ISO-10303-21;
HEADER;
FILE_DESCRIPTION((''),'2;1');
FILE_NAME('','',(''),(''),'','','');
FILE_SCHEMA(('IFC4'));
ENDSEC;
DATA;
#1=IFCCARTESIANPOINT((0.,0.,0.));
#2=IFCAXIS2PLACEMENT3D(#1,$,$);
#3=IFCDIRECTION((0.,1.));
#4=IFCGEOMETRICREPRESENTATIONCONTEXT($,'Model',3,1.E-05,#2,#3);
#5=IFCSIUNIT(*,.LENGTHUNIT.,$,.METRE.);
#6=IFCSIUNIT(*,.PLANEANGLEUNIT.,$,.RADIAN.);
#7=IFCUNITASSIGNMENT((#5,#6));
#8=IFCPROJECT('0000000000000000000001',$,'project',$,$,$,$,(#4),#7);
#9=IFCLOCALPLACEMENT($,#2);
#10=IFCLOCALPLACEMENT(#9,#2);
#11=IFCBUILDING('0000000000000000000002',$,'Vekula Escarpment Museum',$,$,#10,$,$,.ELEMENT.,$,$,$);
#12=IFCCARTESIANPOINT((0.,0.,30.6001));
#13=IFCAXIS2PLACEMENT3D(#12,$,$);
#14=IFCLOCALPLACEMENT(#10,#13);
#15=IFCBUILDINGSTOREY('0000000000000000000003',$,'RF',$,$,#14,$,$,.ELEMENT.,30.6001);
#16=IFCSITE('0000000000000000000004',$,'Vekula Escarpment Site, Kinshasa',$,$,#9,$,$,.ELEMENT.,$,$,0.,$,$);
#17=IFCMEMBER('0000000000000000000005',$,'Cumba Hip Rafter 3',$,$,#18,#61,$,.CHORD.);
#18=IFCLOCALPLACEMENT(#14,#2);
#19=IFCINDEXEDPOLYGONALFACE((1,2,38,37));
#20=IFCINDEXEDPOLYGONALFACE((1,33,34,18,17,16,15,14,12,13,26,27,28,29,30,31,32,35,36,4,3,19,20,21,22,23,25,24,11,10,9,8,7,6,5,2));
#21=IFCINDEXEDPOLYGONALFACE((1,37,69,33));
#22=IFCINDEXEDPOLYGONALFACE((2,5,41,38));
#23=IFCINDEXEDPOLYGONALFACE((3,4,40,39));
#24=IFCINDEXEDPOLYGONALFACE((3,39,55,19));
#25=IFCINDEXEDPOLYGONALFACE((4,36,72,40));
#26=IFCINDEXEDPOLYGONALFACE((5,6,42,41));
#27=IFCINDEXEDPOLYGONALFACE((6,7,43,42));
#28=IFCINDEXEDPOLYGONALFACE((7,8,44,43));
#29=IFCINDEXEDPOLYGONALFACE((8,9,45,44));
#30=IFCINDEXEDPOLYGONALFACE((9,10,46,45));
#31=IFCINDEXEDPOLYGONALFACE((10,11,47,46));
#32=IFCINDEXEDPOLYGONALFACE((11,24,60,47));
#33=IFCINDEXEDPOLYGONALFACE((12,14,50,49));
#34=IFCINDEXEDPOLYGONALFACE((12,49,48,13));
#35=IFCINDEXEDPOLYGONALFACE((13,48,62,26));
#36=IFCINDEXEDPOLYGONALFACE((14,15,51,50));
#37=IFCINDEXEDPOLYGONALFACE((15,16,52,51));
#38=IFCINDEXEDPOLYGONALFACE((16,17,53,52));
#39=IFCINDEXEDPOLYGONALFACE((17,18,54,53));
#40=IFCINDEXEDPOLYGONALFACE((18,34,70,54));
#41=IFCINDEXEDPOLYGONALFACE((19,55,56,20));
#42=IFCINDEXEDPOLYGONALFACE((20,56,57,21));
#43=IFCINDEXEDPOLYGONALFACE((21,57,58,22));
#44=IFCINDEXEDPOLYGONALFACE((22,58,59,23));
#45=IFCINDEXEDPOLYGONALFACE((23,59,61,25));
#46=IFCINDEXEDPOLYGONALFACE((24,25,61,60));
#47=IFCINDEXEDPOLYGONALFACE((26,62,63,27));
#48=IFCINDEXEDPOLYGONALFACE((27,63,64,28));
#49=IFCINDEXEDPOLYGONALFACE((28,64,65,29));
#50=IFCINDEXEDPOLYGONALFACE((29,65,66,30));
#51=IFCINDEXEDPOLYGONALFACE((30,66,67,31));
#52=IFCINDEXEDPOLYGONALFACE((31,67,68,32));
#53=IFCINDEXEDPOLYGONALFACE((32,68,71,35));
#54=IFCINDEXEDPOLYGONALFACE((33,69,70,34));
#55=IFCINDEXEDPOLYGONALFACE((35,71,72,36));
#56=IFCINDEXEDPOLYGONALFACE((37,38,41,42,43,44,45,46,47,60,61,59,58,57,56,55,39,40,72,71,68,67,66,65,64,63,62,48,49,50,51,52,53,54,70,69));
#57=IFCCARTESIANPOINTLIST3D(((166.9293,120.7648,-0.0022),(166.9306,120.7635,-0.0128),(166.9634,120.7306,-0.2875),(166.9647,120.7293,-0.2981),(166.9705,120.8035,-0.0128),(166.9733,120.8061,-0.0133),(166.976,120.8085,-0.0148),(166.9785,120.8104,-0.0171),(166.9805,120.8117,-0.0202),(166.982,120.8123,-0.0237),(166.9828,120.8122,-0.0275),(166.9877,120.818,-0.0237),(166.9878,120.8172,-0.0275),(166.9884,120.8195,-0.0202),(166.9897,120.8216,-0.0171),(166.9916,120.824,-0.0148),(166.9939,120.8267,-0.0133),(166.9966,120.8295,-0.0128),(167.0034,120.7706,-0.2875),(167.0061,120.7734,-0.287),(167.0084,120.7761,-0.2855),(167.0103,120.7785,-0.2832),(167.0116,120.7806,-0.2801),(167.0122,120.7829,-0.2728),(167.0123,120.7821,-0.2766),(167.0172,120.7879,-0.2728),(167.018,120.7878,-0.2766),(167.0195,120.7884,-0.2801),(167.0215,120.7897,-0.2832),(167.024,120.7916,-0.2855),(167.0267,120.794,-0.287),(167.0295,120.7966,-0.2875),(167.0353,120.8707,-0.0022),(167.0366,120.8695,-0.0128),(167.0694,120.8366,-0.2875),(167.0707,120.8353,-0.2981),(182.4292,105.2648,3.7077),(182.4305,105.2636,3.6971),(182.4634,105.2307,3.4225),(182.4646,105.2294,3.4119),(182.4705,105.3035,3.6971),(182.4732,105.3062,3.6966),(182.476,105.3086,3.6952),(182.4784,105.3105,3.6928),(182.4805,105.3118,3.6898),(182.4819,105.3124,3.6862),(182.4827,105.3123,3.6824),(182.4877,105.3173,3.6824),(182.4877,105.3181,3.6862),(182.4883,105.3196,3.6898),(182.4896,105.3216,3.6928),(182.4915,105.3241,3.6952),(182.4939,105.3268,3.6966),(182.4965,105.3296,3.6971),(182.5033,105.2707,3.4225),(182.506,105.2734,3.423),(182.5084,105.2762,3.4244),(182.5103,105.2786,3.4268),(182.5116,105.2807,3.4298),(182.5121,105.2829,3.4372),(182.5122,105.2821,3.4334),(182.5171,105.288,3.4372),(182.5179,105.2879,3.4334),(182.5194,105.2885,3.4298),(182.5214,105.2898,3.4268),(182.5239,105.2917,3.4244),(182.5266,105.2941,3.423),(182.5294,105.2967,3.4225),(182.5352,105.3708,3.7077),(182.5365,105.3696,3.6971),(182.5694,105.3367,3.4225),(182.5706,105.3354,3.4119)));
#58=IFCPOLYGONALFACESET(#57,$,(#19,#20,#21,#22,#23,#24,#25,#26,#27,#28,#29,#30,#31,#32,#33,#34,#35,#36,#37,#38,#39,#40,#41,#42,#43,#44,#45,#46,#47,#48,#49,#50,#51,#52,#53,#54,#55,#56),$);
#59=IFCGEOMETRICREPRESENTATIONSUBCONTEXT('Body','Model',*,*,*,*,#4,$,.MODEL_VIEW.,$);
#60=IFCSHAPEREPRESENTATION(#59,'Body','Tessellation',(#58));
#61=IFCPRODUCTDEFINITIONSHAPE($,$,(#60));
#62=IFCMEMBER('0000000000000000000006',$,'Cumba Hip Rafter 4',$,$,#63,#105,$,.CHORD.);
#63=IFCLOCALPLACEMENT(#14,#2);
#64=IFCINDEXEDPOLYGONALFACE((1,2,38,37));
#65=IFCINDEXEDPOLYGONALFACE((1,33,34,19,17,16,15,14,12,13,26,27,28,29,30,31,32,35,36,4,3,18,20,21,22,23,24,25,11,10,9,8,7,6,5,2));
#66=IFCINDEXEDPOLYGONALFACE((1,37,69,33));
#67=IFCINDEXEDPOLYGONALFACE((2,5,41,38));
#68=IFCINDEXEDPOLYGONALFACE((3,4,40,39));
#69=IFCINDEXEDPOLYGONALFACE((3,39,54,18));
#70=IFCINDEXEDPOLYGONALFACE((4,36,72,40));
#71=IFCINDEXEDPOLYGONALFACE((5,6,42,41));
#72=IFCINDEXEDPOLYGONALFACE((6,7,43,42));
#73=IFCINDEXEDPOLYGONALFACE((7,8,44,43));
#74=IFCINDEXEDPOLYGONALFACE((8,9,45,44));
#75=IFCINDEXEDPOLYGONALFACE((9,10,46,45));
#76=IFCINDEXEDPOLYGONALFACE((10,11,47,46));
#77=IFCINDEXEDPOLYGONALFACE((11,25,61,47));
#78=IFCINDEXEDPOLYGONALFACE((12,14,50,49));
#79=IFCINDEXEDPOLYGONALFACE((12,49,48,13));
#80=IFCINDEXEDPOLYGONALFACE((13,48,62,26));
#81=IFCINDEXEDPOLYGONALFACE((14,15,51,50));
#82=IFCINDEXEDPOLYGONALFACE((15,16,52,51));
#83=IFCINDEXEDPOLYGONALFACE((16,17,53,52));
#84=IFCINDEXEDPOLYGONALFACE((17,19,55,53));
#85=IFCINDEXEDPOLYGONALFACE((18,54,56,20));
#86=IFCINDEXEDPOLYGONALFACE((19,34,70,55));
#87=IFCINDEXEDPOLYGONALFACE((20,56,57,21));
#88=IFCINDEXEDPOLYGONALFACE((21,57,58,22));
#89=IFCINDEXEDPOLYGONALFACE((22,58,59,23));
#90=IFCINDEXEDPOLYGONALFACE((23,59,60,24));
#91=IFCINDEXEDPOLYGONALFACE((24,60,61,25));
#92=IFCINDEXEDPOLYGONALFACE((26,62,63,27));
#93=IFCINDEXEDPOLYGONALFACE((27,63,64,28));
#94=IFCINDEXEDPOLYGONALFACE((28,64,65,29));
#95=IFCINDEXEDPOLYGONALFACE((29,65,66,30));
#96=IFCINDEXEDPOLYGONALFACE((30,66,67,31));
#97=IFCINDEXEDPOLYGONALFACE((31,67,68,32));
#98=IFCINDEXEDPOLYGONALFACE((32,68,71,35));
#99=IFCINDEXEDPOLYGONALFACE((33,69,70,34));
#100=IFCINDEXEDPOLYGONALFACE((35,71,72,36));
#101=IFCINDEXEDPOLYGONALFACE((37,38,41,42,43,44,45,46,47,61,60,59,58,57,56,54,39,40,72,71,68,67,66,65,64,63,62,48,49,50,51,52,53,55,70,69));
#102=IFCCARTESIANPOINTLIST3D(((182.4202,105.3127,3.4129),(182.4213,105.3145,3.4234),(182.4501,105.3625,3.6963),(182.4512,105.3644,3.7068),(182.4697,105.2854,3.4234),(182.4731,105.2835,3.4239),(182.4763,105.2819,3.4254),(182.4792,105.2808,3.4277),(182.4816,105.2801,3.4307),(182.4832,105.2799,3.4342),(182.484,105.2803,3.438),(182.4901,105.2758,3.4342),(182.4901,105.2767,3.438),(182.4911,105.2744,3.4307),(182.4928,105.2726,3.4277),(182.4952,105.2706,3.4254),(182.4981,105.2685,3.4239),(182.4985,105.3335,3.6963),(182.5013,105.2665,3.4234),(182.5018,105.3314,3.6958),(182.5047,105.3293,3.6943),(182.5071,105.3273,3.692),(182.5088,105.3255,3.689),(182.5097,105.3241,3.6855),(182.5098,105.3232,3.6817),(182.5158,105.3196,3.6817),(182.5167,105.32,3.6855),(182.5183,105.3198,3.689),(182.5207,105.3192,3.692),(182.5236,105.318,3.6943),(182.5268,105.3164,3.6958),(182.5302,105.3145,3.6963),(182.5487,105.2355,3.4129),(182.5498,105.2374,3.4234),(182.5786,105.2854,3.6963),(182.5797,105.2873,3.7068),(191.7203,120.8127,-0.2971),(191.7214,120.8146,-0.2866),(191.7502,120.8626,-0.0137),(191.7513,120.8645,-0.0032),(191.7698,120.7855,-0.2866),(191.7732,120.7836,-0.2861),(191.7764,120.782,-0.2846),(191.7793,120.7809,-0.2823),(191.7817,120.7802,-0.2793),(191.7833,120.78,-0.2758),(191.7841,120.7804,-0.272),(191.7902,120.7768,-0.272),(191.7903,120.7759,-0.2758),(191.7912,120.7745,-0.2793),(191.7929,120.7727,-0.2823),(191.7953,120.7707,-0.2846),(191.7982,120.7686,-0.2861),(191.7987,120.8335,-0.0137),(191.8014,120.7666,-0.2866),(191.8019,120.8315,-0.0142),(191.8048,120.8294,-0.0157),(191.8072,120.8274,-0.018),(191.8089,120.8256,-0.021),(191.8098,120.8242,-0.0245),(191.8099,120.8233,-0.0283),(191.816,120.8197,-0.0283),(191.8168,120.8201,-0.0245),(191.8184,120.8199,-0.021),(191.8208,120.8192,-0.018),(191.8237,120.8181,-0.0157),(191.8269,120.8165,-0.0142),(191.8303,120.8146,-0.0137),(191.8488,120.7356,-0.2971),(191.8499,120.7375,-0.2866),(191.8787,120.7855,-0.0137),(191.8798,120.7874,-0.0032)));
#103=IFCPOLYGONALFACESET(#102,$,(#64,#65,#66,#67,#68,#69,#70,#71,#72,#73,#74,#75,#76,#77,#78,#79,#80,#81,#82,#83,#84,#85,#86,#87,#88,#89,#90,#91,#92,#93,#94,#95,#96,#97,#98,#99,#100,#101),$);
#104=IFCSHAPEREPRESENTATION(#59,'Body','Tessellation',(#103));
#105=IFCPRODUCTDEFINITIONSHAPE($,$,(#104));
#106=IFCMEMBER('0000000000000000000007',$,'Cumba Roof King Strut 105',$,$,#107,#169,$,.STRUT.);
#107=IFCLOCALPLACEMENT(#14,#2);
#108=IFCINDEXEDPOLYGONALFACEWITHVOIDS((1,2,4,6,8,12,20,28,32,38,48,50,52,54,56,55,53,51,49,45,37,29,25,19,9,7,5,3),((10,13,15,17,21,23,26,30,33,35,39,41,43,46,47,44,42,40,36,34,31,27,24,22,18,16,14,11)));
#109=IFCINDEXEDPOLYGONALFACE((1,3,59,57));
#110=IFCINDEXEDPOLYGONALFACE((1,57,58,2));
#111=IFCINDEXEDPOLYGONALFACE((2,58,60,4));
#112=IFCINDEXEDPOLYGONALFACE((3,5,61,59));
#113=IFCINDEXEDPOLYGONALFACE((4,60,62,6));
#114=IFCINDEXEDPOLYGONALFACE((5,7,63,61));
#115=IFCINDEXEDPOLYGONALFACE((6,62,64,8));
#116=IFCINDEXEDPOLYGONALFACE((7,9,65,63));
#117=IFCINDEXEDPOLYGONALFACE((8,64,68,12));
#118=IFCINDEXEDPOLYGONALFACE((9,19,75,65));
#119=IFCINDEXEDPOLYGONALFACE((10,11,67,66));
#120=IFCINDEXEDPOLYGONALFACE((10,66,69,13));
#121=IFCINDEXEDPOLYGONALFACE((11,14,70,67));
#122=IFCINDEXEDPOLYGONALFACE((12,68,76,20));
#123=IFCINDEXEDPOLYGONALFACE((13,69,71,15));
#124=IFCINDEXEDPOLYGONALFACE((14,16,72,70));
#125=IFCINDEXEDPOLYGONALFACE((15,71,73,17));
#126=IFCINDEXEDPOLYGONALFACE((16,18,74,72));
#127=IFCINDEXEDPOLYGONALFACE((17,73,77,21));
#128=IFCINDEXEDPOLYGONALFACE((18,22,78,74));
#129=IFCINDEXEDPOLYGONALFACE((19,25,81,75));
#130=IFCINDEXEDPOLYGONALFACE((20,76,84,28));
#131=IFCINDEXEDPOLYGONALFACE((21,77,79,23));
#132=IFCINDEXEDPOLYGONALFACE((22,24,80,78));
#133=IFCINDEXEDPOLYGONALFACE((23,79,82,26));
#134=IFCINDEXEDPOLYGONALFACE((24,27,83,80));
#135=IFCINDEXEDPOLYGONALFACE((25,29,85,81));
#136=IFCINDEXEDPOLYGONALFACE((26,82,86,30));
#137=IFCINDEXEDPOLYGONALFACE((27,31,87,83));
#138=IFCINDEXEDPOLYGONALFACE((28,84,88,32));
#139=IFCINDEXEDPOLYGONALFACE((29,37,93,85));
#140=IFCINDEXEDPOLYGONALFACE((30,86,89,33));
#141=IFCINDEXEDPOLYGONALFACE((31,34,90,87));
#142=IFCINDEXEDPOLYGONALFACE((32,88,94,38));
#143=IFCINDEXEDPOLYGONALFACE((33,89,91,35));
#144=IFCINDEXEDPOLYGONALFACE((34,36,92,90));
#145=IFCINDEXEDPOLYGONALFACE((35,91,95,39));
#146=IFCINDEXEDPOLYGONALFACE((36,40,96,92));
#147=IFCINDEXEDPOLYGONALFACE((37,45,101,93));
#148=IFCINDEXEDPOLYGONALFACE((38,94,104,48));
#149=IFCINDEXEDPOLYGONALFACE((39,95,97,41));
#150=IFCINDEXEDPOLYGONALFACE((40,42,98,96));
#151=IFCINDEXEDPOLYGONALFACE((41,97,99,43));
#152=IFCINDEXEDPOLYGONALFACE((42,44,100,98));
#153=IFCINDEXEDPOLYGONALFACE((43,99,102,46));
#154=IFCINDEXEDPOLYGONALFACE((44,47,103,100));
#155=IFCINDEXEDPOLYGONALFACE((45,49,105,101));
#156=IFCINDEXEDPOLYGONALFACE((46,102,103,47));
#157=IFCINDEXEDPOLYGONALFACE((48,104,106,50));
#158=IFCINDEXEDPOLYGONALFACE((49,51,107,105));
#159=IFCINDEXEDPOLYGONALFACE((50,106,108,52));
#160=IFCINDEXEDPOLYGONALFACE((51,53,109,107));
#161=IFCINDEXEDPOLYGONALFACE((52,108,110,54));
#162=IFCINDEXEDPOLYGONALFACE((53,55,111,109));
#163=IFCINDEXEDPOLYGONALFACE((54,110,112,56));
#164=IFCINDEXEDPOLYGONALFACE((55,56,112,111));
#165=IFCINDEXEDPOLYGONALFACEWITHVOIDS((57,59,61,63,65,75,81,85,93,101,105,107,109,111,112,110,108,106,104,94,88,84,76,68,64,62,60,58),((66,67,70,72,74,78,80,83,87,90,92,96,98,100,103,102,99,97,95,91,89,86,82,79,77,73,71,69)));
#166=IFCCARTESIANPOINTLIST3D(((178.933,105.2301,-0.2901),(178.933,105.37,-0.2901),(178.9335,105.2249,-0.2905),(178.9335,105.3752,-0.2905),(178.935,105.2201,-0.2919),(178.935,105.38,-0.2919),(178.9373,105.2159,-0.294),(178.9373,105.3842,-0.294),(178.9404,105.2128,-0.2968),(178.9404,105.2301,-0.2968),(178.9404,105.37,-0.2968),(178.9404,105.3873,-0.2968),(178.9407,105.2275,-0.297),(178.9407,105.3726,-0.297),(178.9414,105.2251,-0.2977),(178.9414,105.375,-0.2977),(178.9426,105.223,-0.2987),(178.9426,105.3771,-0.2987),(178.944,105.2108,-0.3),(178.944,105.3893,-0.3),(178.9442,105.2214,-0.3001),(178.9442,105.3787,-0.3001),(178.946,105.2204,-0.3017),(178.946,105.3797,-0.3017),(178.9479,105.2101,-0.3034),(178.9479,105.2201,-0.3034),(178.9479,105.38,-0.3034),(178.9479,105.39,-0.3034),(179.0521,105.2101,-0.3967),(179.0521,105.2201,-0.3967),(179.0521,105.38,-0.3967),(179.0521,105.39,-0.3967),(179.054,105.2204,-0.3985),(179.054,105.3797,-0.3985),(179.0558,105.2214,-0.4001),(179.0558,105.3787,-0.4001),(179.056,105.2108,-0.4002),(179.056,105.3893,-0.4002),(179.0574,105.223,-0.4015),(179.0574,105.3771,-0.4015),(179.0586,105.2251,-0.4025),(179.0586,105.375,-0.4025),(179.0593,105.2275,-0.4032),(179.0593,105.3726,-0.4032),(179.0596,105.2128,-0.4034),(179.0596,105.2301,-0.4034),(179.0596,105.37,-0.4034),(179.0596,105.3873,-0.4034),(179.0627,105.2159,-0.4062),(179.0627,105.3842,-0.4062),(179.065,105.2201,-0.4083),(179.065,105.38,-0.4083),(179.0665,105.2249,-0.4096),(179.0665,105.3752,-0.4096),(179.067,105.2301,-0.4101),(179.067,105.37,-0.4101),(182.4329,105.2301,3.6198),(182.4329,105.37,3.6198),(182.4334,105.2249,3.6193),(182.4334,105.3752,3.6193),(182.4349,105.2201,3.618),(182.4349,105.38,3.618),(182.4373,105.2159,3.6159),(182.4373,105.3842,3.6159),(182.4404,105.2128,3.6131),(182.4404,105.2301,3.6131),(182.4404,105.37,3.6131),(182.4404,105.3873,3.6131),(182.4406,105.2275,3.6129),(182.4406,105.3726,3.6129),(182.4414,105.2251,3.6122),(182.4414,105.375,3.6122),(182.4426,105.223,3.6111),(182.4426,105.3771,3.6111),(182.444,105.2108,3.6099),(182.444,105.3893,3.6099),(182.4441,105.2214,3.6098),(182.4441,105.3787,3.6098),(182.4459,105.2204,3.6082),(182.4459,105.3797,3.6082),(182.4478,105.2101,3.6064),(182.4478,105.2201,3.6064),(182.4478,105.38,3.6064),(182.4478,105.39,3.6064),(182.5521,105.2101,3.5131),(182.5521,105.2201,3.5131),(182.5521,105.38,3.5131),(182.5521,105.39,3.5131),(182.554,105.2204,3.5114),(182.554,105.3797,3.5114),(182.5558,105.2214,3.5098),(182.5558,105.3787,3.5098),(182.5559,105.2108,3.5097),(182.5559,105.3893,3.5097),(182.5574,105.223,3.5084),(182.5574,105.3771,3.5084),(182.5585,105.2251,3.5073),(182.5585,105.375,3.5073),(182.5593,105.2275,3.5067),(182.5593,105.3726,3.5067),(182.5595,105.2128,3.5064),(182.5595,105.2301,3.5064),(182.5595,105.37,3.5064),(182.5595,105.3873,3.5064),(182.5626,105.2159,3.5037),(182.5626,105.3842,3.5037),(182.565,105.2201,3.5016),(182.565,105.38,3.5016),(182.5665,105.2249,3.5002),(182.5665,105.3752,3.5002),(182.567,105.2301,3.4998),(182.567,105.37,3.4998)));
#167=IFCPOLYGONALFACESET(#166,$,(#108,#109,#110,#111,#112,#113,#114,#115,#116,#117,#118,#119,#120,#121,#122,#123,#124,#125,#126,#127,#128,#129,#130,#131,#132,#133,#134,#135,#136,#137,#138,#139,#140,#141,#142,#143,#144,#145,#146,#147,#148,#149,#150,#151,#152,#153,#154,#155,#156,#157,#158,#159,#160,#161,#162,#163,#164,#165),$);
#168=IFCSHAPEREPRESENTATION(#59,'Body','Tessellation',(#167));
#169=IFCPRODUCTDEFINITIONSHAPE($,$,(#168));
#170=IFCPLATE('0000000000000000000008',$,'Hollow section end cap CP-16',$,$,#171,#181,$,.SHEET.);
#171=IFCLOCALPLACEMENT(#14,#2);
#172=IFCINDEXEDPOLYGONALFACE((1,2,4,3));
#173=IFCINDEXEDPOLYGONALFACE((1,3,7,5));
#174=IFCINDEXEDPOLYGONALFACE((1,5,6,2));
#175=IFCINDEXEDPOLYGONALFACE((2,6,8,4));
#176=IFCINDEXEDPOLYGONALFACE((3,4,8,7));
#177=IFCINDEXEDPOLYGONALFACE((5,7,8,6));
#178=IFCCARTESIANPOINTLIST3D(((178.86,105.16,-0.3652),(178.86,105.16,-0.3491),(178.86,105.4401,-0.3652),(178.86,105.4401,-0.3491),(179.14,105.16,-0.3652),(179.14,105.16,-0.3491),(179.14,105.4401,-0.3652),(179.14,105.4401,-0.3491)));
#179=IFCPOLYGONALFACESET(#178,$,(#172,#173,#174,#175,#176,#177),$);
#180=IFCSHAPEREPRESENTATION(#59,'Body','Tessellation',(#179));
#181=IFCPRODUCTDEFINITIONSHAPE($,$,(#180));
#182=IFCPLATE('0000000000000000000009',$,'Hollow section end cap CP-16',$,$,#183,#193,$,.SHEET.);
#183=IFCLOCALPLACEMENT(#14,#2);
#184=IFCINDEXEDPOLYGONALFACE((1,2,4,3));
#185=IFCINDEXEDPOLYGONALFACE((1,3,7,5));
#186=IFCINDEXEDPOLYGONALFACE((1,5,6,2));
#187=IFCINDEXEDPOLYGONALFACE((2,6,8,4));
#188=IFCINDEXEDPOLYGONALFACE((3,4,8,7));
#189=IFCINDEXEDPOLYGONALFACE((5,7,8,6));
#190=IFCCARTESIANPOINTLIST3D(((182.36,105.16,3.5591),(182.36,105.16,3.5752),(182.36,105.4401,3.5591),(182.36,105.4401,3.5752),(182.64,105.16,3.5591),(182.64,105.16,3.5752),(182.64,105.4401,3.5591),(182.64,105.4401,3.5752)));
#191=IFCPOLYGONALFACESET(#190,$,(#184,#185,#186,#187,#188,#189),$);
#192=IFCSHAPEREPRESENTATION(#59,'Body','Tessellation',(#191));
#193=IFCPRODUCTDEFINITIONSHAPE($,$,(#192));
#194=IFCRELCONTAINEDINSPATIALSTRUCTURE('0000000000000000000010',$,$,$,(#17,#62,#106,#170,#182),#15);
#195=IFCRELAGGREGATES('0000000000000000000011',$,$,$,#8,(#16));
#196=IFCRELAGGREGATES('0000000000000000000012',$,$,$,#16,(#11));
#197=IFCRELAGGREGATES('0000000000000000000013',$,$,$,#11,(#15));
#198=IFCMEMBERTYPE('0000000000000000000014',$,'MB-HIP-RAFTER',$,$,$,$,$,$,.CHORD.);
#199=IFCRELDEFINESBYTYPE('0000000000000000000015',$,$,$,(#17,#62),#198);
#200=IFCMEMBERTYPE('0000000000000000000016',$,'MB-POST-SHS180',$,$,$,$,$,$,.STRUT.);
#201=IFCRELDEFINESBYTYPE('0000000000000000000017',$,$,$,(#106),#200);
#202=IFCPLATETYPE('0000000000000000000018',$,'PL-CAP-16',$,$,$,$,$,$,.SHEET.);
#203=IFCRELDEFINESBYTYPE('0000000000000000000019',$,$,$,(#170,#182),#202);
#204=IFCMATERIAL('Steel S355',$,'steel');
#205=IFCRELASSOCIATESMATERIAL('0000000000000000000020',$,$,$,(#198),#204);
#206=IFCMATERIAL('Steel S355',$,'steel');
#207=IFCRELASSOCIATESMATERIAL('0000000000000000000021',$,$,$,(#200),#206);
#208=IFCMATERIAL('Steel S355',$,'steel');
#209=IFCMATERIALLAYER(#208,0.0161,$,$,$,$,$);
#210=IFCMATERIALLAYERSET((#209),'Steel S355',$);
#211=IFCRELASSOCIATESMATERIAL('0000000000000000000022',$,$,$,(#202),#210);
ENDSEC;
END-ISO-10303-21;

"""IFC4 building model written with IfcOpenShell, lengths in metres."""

from ifc_helpers import new_model, si_unit, direction, frame, origin, origin_2d, place, context, subcontext, project, spatial, rectangle, hollow_rectangle, i_section, extrude, material, layer, layer_set, material_profile, profile_set, type_object, element, save


model = new_model("IFC4")

# Units and contexts
model_context = context("Model", 3, precision=1e-05, world=origin(), true_north=direction((0.0, 1.0)))
body_context = subcontext(model_context, "Body", "Model", "MODEL_VIEW")
ifc_project = project(units=[si_unit("LENGTHUNIT", "METRE"), si_unit("PLANEANGLEUNIT", "RADIAN")], contexts=[model_context])

# Site, building, storey
site_placement = place(None, origin())
site = spatial("IfcSite", under=ifc_project, at=site_placement, Name="Vekula Escarpment Site, Kinshasa", CompositionType="ELEMENT", RefElevation=0.0)
building_placement = place(site_placement, origin())
building = spatial("IfcBuilding", under=site, at=building_placement, Name="Vekula Escarpment Museum", CompositionType="ELEMENT")
storey_placement = place(building_placement, frame((0.0, 0.0, 30.6001)))
storey = spatial("IfcBuildingStorey", under=building, at=storey_placement, Name="RF", CompositionType="ELEMENT", Elevation=30.6001)

# Members
ifc_material_1 = material(Name="Steel S355", Category="steel")
ifc_material_profile_1 = material_profile(ifc_material_1, i_section(OverallWidth=0.1499, OverallDepth=0.3, WebThickness=0.0071, FlangeThickness=0.0107, FilletRadius=0.0149, at=origin_2d()), Name="IPE 300")
ifc_profile_set_1 = profile_set([ifc_material_profile_1], Name="Steel S355")
member_type_1 = type_object("IfcMemberType", Name="MB-HIP-RAFTER", PredefinedType="CHORD", material=ifc_profile_set_1)
member_1_placement = place(storey_placement, frame((167.0, 120.8, -0.1501), z_axis=(0.697192, -0.697192, 0.166874), x_axis=(0.707107, 0.707107, 0.0)))
element("IfcMember", 1, at=member_1_placement, inside=storey, type_object=member_type_1, Name="Cumba Hip Rafter 3", PredefinedType="CHORD", context=body_context, shape_type="SweptSolid", body=[
    extrude(i_section(OverallWidth=0.1499, OverallDepth=0.3, WebThickness=0.0071, FlangeThickness=0.0107, FilletRadius=0.0149, at=origin_2d()), origin(), (0.0, 0.0, 1.0), 22.2319),
])
member_2_placement = place(storey_placement, frame((191.8, 120.8, -0.1501), z_axis=(-0.503992, -0.839982, 0.201052), x_axis=(0.857492, -0.514498, 0.0)))
element("IfcMember", 2, at=member_2_placement, inside=storey, type_object=member_type_1, Name="Cumba Hip Rafter 4", PredefinedType="CHORD", context=body_context, shape_type="SweptSolid", body=[
    extrude(i_section(OverallWidth=0.1499, OverallDepth=0.3, WebThickness=0.0071, FlangeThickness=0.0107, FilletRadius=0.0149, at=origin_2d()), origin(), (0.0, 0.0, 1.0), 18.4529),
])
ifc_material_2 = material(Name="Steel S355", Category="steel")
ifc_material_profile_2 = material_profile(ifc_material_2, hollow_rectangle(XDim=0.1799, YDim=0.1799, WallThickness=0.01, InnerFilletRadius=0.01, OuterFilletRadius=0.02, at=origin_2d()), Name="SHS 180x180x10")
ifc_profile_set_2 = profile_set([ifc_material_profile_2], Name="Steel S355")
member_type_2 = type_object("IfcMemberType", Name="MB-POST-SHS180", PredefinedType="STRUT", material=ifc_profile_set_2)
member_3_placement = place(storey_placement, frame((179.0, 105.3, -0.3501), z_axis=(0.66697, 0.0, 0.745084), x_axis=(0.0, 1.0, 0.0)))
element("IfcMember", 3, at=member_3_placement, inside=storey, type_object=member_type_2, Name="Cumba Roof King Strut 105", PredefinedType="STRUT", context=body_context, shape_type="SweptSolid", body=[
    extrude(hollow_rectangle(XDim=0.1799, YDim=0.1799, WallThickness=0.01, InnerFilletRadius=0.01, OuterFilletRadius=0.02, at=origin_2d()), origin(), (0.0, 0.0, 1.0), 5.2476),
])

# Plates
ifc_material_3 = material(Name="Steel S355", Category="steel")
ifc_layer_1 = layer(ifc_material_3, 0.0161)
ifc_layer_set_1 = layer_set([ifc_layer_1], Name="Steel S355")
plate_type = type_object("IfcPlateType", Name="PL-CAP-16", PredefinedType="SHEET", material=ifc_layer_set_1)
for number, where, z_axis, x_axis, name in (
    (4, (179.0, 105.3, -0.3652), (0.0, 0.0, 1.0), (1.0, 0.0, 0.0), "Hollow section end cap CP-16"),
    (5, (182.5, 105.3, 3.5591), (0.0, 0.0, 1.0), (1.0, 0.0, 0.0), "Hollow section end cap CP-16"),
):
    element("IfcPlate", number, at=place(storey_placement, frame(where, z_axis=z_axis, x_axis=x_axis)), inside=storey, type_object=plate_type, Name=name, PredefinedType="SHEET", context=body_context, shape_type="SweptSolid", body=[
        extrude(rectangle(XDim=0.28, YDim=0.28, at=origin_2d()), origin(), (0.0, 0.0, 1.0), 0.0161),
    ])

save(model, "model.ifc")
